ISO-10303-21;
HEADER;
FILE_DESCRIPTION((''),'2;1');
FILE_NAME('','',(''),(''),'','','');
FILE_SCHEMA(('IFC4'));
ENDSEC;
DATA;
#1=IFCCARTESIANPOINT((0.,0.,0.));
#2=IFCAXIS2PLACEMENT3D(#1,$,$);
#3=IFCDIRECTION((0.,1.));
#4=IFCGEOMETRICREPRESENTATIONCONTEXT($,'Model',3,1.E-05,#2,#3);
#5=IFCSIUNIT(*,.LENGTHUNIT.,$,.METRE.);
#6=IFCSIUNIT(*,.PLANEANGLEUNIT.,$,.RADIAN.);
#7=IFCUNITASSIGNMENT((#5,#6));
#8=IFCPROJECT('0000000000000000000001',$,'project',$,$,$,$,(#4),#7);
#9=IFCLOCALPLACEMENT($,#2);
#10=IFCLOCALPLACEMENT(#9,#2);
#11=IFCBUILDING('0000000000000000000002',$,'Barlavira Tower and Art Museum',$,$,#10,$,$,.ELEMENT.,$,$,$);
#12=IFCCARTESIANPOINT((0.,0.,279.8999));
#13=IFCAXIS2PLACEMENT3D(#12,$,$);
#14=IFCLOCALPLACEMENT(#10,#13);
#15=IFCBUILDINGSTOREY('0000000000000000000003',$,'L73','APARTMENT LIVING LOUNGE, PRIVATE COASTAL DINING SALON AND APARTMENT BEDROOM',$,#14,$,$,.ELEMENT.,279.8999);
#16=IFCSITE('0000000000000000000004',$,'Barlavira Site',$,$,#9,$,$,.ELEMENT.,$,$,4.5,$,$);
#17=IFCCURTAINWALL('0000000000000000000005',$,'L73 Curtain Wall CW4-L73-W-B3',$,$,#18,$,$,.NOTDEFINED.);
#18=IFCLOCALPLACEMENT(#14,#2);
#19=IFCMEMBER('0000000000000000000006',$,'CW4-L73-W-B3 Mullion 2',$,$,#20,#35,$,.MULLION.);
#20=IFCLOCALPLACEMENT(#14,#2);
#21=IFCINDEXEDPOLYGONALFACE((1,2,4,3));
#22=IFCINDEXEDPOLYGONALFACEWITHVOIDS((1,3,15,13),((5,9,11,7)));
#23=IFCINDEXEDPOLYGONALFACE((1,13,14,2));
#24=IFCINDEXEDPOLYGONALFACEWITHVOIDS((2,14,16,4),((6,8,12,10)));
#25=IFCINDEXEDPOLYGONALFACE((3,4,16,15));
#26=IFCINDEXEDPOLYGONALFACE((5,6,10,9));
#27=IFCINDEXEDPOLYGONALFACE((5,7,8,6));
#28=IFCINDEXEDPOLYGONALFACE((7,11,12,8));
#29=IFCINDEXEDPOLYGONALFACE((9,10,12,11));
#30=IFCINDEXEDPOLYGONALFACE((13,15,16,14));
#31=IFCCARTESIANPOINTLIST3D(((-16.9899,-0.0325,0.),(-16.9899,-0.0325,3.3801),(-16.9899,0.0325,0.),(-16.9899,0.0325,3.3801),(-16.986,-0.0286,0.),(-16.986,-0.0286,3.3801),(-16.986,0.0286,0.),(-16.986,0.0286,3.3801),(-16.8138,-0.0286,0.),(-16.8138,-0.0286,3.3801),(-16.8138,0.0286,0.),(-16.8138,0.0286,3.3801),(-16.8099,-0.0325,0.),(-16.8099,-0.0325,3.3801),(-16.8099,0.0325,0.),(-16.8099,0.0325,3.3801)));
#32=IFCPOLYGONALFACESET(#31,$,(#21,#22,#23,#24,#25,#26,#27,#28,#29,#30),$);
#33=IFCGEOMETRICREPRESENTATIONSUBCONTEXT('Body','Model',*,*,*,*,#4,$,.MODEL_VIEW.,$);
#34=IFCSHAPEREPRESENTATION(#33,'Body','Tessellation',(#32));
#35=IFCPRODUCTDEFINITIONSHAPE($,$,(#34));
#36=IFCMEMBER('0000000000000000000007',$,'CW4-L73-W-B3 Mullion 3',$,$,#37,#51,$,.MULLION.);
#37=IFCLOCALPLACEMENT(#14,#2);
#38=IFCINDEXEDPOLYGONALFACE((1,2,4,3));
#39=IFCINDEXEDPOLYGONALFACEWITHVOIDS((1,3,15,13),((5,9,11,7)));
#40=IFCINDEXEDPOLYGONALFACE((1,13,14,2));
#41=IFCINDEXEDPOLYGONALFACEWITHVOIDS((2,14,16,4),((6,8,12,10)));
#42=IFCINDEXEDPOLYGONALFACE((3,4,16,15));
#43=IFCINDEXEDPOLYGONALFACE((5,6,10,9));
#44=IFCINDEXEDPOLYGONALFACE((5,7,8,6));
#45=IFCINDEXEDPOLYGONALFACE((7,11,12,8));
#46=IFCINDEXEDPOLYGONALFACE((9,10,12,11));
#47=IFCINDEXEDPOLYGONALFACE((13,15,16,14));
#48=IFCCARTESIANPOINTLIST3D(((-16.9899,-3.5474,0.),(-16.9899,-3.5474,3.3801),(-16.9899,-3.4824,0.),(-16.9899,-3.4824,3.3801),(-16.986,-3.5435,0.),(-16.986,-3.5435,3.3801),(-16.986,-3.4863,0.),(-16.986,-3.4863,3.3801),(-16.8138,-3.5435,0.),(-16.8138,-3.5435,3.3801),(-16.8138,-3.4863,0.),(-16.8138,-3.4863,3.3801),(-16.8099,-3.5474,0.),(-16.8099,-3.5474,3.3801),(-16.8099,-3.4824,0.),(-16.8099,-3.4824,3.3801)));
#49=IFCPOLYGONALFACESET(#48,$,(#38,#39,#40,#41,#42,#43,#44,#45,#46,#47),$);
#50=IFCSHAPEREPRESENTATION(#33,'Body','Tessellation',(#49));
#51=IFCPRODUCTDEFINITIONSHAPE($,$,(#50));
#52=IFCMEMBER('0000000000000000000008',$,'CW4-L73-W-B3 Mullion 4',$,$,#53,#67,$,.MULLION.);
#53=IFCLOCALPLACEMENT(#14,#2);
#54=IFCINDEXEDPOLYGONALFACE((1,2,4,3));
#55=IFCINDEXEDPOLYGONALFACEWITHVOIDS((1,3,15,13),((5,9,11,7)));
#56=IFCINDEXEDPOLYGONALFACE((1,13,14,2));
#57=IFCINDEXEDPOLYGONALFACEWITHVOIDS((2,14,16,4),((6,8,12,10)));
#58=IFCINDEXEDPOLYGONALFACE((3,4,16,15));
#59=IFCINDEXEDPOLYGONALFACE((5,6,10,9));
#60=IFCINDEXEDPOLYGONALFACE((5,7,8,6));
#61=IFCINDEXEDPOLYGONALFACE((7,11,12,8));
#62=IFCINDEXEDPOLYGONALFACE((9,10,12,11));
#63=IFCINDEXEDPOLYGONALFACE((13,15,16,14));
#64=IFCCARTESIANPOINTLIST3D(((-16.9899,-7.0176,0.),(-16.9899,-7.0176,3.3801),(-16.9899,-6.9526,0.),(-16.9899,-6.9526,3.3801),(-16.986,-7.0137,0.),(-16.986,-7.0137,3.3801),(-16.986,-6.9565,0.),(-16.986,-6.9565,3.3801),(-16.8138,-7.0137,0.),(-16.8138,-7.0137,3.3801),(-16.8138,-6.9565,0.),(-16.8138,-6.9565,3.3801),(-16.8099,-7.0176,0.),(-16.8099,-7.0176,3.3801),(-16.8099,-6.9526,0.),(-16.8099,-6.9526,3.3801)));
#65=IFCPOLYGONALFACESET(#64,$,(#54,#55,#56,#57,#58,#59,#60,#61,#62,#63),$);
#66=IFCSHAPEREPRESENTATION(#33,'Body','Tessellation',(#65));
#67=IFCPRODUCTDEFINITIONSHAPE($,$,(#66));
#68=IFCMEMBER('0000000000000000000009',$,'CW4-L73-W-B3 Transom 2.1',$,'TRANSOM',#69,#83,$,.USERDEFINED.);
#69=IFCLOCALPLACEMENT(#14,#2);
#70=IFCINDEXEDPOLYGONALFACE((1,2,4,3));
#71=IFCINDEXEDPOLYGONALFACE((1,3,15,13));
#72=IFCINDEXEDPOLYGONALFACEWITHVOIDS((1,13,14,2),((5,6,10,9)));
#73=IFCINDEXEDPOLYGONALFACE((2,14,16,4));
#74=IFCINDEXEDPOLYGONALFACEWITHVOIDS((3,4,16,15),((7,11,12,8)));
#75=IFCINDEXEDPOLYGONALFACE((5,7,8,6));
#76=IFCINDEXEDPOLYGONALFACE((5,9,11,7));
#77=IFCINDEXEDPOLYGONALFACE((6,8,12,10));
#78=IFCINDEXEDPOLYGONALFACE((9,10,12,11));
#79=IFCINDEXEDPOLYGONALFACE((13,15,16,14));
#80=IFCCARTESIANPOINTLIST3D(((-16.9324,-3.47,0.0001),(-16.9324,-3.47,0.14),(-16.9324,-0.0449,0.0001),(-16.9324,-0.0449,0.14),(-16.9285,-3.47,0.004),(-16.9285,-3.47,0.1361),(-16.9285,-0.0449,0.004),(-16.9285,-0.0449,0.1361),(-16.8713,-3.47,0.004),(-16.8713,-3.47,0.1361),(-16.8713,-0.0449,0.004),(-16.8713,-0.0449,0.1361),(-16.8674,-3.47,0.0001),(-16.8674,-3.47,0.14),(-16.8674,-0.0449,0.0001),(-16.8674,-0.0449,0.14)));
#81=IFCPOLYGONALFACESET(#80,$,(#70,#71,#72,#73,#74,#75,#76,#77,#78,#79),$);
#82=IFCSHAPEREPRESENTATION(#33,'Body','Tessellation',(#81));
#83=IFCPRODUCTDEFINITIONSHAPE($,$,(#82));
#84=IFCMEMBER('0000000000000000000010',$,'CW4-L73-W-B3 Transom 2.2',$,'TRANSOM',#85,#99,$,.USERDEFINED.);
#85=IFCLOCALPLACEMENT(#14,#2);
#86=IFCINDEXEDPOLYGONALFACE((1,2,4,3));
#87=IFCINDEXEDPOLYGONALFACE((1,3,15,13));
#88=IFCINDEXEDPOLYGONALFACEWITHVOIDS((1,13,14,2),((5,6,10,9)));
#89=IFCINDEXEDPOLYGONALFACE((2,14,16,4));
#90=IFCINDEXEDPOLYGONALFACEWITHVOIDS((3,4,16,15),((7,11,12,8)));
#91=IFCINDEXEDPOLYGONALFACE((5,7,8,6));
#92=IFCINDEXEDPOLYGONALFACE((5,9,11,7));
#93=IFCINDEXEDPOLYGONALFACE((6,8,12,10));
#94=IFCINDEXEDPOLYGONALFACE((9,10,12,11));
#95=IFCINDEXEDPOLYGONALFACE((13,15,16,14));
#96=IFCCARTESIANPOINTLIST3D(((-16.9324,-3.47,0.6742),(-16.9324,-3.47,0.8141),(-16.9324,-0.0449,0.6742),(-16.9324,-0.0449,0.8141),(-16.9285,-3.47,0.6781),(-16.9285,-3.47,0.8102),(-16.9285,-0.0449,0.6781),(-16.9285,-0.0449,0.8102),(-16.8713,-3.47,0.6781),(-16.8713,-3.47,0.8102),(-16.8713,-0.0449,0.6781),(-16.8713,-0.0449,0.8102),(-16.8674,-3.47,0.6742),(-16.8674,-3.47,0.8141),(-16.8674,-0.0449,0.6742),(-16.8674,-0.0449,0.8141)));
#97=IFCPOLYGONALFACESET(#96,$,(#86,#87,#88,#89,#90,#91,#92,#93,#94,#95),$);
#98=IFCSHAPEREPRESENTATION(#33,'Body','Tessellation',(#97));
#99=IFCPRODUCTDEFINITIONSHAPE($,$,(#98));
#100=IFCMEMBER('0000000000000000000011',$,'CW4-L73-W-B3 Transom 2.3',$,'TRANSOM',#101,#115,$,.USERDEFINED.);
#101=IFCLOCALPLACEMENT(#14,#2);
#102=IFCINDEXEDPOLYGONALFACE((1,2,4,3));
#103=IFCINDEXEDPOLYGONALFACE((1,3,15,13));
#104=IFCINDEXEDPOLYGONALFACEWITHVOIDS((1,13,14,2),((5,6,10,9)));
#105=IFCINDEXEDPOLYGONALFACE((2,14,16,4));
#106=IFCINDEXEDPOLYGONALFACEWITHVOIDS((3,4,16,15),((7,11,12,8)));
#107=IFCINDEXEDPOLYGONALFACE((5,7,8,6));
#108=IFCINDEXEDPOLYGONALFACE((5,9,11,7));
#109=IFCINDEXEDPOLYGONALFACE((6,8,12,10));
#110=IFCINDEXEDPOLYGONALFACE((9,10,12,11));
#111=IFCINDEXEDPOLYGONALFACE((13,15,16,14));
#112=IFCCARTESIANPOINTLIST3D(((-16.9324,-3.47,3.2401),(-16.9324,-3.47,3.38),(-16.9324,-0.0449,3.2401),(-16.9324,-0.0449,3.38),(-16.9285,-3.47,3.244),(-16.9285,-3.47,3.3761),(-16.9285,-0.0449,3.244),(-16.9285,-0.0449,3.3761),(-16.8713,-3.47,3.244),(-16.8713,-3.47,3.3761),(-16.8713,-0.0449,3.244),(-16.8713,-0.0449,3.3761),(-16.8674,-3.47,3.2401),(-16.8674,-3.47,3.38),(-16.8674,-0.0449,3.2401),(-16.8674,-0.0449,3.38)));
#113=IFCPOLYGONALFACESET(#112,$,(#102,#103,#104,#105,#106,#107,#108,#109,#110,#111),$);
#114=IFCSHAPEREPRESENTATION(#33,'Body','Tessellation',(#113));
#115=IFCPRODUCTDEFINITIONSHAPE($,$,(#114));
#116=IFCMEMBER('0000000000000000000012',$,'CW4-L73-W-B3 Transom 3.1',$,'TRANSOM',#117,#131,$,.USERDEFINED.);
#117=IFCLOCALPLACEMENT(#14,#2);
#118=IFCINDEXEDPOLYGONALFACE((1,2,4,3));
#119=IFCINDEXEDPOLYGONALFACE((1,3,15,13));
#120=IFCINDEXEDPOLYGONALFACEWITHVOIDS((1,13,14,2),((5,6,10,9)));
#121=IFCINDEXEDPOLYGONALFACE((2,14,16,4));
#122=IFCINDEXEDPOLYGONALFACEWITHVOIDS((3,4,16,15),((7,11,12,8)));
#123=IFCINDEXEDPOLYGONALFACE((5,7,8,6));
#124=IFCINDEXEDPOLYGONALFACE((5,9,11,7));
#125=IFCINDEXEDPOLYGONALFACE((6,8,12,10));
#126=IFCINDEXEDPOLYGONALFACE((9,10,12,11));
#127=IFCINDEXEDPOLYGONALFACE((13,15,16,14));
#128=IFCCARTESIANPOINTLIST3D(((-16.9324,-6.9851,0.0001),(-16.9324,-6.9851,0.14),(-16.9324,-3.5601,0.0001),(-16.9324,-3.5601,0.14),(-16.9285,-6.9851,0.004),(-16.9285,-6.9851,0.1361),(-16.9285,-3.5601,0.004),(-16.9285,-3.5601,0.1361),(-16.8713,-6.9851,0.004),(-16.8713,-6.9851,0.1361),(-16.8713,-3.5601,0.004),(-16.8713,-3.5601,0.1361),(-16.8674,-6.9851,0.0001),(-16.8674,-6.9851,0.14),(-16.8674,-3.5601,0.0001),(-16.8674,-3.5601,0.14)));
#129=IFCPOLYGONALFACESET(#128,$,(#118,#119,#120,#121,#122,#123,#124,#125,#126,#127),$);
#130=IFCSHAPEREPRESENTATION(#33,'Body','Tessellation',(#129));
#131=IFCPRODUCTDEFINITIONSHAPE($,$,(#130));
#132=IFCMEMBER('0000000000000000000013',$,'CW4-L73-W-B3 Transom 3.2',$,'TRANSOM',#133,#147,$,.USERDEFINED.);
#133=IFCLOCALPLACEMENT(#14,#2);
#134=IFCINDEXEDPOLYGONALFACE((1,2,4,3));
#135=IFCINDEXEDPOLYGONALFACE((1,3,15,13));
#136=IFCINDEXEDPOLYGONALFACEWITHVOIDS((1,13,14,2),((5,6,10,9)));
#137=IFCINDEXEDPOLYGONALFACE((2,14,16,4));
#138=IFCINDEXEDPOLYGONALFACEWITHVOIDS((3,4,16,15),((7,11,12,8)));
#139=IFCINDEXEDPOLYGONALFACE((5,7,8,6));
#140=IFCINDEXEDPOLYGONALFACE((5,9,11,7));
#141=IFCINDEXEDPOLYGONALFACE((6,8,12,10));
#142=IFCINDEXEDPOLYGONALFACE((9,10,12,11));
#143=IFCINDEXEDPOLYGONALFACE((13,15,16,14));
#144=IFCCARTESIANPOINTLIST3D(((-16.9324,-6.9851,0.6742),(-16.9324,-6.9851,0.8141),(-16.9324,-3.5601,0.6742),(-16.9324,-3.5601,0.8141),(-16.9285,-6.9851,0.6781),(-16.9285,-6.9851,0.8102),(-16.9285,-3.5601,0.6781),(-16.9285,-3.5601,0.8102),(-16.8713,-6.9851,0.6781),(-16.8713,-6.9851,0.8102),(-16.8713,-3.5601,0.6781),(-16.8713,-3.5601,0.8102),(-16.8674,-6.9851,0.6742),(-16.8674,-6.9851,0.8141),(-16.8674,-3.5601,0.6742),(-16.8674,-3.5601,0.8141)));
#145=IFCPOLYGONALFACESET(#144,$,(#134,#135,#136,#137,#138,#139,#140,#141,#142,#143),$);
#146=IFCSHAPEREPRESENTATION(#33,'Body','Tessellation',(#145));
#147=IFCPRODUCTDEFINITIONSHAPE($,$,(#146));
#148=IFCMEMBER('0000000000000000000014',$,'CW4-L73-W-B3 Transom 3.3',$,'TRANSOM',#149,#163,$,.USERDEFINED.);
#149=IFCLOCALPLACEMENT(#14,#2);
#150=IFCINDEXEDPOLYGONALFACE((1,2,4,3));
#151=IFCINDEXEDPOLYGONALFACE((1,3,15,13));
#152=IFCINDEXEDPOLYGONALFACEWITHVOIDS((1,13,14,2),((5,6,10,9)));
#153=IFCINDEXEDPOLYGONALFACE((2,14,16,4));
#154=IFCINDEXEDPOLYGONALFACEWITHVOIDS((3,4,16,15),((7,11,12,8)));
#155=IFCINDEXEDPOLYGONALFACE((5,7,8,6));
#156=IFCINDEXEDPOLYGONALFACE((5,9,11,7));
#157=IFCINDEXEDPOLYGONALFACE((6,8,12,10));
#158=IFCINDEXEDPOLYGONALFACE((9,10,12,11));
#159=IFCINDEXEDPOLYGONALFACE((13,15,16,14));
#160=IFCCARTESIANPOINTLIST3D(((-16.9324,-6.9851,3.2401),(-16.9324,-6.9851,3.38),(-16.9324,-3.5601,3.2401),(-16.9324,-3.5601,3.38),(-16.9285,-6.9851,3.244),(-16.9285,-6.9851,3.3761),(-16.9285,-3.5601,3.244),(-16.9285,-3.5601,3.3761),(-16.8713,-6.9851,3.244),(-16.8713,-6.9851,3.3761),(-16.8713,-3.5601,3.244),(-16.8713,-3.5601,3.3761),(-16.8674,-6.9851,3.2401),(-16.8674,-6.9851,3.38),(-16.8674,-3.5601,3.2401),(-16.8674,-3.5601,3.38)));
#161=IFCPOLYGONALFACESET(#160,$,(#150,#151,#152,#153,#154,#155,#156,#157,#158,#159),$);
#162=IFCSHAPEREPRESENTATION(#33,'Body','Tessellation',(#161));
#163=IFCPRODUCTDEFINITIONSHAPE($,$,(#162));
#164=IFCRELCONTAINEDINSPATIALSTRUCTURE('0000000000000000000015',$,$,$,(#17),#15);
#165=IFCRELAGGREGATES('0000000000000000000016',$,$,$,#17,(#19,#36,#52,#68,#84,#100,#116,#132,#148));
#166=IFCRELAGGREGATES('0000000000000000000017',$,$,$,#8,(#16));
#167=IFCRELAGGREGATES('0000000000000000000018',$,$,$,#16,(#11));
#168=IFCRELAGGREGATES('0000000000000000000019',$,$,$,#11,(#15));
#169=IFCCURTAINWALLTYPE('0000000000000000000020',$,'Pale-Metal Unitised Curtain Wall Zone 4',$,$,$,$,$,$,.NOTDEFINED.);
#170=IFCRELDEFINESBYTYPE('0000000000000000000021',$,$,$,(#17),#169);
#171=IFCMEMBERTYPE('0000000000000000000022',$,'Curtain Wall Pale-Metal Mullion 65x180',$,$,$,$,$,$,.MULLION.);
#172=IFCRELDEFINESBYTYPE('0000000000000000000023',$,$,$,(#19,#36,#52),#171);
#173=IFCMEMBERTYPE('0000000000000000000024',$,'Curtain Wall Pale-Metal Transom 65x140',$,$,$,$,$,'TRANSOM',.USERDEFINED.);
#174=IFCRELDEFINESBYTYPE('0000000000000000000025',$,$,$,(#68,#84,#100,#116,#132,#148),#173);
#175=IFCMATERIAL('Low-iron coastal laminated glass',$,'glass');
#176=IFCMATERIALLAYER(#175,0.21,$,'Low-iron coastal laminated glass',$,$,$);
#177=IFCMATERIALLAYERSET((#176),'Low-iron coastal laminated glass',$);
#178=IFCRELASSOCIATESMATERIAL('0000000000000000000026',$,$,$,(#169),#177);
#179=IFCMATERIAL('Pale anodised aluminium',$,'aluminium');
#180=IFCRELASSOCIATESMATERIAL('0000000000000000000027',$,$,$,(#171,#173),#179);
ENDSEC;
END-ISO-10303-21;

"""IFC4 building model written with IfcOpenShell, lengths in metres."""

from ifc_helpers import new_model, si_unit, direction, frame, origin, origin_2d, place, context, subcontext, project, spatial, hollow_rectangle, extrude, material, layer, layer_set, material_profile, profile_set, type_object, element, aggregate, save


model = new_model("IFC4")

# Units and contexts
model_context = context("Model", 3, precision=1e-05, world=origin(), true_north=direction((0.0, 1.0)))
body_context = subcontext(model_context, "Body", "Model", "MODEL_VIEW")
ifc_project = project(units=[si_unit("LENGTHUNIT", "METRE"), si_unit("PLANEANGLEUNIT", "RADIAN")], contexts=[model_context])

# Site, building, storey
site_placement = place(None, origin())
site = spatial("IfcSite", under=ifc_project, at=site_placement, Name="Barlavira Site", CompositionType="ELEMENT", RefElevation=4.5)
building_placement = place(site_placement, origin())
building = spatial("IfcBuilding", under=site, at=building_placement, Name="Barlavira Tower and Art Museum", CompositionType="ELEMENT")
storey_placement = place(building_placement, frame((0.0, 0.0, 279.8999)))
storey = spatial("IfcBuildingStorey", under=building, at=storey_placement, Name="L73", Description="APARTMENT LIVING LOUNGE, PRIVATE COASTAL DINING SALON AND APARTMENT BEDROOM", CompositionType="ELEMENT", Elevation=279.8999)

# Curtain wall, members
ifc_material_1 = material(Name="Low-iron coastal laminated glass", Category="glass")
ifc_layer_1 = layer(ifc_material_1, 0.21, Name="Low-iron coastal laminated glass")
ifc_layer_set_1 = layer_set([ifc_layer_1], Name="Low-iron coastal laminated glass")
curtain_wall_type = type_object("IfcCurtainWallType", Name="Pale-Metal Unitised Curtain Wall Zone 4", PredefinedType="NOTDEFINED", material=ifc_layer_set_1)
curtain_wall_placement = place(storey_placement, origin())
curtain_wall = element("IfcCurtainWall", 1, at=curtain_wall_placement, inside=storey, type_object=curtain_wall_type, Name="L73 Curtain Wall CW4-L73-W-B3", PredefinedType="NOTDEFINED")
ifc_material_2 = material(Name="Pale anodised aluminium", Category="aluminium")
ifc_material_profile_1 = material_profile(ifc_material_2, hollow_rectangle(XDim=0.0649, YDim=0.1799, WallThickness=0.0039, at=origin_2d()), Name="ALU-MULL 65x180x4")
ifc_profile_set_1 = profile_set([ifc_material_profile_1], Name="Pale anodised aluminium")
member_type_1 = type_object("IfcMemberType", Name="Curtain Wall Pale-Metal Mullion 65x180", PredefinedType="MULLION", material=ifc_profile_set_1)
member_1_placement = place(storey_placement, frame((-16.8999, 0.0, 0.0), z_axis=(0.0, 0.0, 1.0), x_axis=(0.0, -1.0, 0.0)))
member_1 = element("IfcMember", 2, at=member_1_placement, type_object=member_type_1, Name="CW4-L73-W-B3 Mullion 2", PredefinedType="MULLION", context=body_context, shape_type="SweptSolid", body=[
    extrude(hollow_rectangle(XDim=0.0649, YDim=0.1799, WallThickness=0.0039, at=origin_2d()), origin(), (0.0, 0.0, 1.0), 3.3801),
])
member_2_placement = place(storey_placement, frame((-16.8999, -3.5149, 0.0), z_axis=(0.0, 0.0, 1.0), x_axis=(0.0, -1.0, 0.0)))
member_2 = element("IfcMember", 3, at=member_2_placement, type_object=member_type_1, Name="CW4-L73-W-B3 Mullion 3", PredefinedType="MULLION", context=body_context, shape_type="SweptSolid", body=[
    extrude(hollow_rectangle(XDim=0.0649, YDim=0.1799, WallThickness=0.0039, at=origin_2d()), origin(), (0.0, 0.0, 1.0), 3.3801),
])
member_3_placement = place(storey_placement, frame((-16.8999, -6.9851, 0.0), z_axis=(0.0, 0.0, 1.0), x_axis=(0.0, -1.0, 0.0)))
member_3 = element("IfcMember", 4, at=member_3_placement, type_object=member_type_1, Name="CW4-L73-W-B3 Mullion 4", PredefinedType="MULLION", context=body_context, shape_type="SweptSolid", body=[
    extrude(hollow_rectangle(XDim=0.0649, YDim=0.1799, WallThickness=0.0039, at=origin_2d()), origin(), (0.0, 0.0, 1.0), 3.3801),
])
ifc_material_profile_2 = material_profile(ifc_material_2, hollow_rectangle(XDim=0.0649, YDim=0.1399, WallThickness=0.0039, at=origin_2d()), Name="ALU-TRAN 65x140x4")
ifc_profile_set_2 = profile_set([ifc_material_profile_2], Name="Pale anodised aluminium")
member_type_2 = type_object("IfcMemberType", Name="Curtain Wall Pale-Metal Transom 65x140", ElementType="TRANSOM", PredefinedType="USERDEFINED", material=ifc_profile_set_2)
member_4_placement = place(storey_placement, frame((-16.8999, -0.0449, 0.0701), z_axis=(0.0, -1.0, 0.0), x_axis=(1.0, 0.0, 0.0)))
member_4 = element("IfcMember", 5, at=member_4_placement, type_object=member_type_2, Name="CW4-L73-W-B3 Transom 2.1", ObjectType="TRANSOM", PredefinedType="USERDEFINED", context=body_context, shape_type="SweptSolid", body=[
    extrude(hollow_rectangle(XDim=0.0649, YDim=0.1399, WallThickness=0.0039, at=origin_2d()), origin(), (0.0, 0.0, 1.0), 3.425),
])
member_5_placement = place(storey_placement, frame((-16.8999, -0.0449, 0.7441), z_axis=(0.0, -1.0, 0.0), x_axis=(1.0, 0.0, 0.0)))
member_5 = element("IfcMember", 6, at=member_5_placement, type_object=member_type_2, Name="CW4-L73-W-B3 Transom 2.2", ObjectType="TRANSOM", PredefinedType="USERDEFINED", context=body_context, shape_type="SweptSolid", body=[
    extrude(hollow_rectangle(XDim=0.0649, YDim=0.1399, WallThickness=0.0039, at=origin_2d()), origin(), (0.0, 0.0, 1.0), 3.425),
])
member_6_placement = place(storey_placement, frame((-16.8999, -0.0449, 3.3101), z_axis=(0.0, -1.0, 0.0), x_axis=(1.0, 0.0, 0.0)))
member_6 = element("IfcMember", 7, at=member_6_placement, type_object=member_type_2, Name="CW4-L73-W-B3 Transom 2.3", ObjectType="TRANSOM", PredefinedType="USERDEFINED", context=body_context, shape_type="SweptSolid", body=[
    extrude(hollow_rectangle(XDim=0.0649, YDim=0.1399, WallThickness=0.0039, at=origin_2d()), origin(), (0.0, 0.0, 1.0), 3.425),
])
member_7_placement = place(storey_placement, frame((-16.8999, -3.5601, 0.0701), z_axis=(0.0, -1.0, 0.0), x_axis=(1.0, 0.0, 0.0)))
member_7 = element("IfcMember", 8, at=member_7_placement, type_object=member_type_2, Name="CW4-L73-W-B3 Transom 3.1", ObjectType="TRANSOM", PredefinedType="USERDEFINED", context=body_context, shape_type="SweptSolid", body=[
    extrude(hollow_rectangle(XDim=0.0649, YDim=0.1399, WallThickness=0.0039, at=origin_2d()), origin(), (0.0, 0.0, 1.0), 3.425),
])
member_8_placement = place(storey_placement, frame((-16.8999, -3.5601, 0.7441), z_axis=(0.0, -1.0, 0.0), x_axis=(1.0, 0.0, 0.0)))
member_8 = element("IfcMember", 9, at=member_8_placement, type_object=member_type_2, Name="CW4-L73-W-B3 Transom 3.2", ObjectType="TRANSOM", PredefinedType="USERDEFINED", context=body_context, shape_type="SweptSolid", body=[
    extrude(hollow_rectangle(XDim=0.0649, YDim=0.1399, WallThickness=0.0039, at=origin_2d()), origin(), (0.0, 0.0, 1.0), 3.425),
])
member_9_placement = place(storey_placement, frame((-16.8999, -3.5601, 3.3101), z_axis=(0.0, -1.0, 0.0), x_axis=(1.0, 0.0, 0.0)))
member_9 = element("IfcMember", 10, at=member_9_placement, type_object=member_type_2, Name="CW4-L73-W-B3 Transom 3.3", ObjectType="TRANSOM", PredefinedType="USERDEFINED", context=body_context, shape_type="SweptSolid", body=[
    extrude(hollow_rectangle(XDim=0.0649, YDim=0.1399, WallThickness=0.0039, at=origin_2d()), origin(), (0.0, 0.0, 1.0), 3.425),
])

aggregate(curtain_wall, [member_1, member_2, member_3, member_4, member_5, member_6, member_7, member_8, member_9])

save(model, "model.ifc")
